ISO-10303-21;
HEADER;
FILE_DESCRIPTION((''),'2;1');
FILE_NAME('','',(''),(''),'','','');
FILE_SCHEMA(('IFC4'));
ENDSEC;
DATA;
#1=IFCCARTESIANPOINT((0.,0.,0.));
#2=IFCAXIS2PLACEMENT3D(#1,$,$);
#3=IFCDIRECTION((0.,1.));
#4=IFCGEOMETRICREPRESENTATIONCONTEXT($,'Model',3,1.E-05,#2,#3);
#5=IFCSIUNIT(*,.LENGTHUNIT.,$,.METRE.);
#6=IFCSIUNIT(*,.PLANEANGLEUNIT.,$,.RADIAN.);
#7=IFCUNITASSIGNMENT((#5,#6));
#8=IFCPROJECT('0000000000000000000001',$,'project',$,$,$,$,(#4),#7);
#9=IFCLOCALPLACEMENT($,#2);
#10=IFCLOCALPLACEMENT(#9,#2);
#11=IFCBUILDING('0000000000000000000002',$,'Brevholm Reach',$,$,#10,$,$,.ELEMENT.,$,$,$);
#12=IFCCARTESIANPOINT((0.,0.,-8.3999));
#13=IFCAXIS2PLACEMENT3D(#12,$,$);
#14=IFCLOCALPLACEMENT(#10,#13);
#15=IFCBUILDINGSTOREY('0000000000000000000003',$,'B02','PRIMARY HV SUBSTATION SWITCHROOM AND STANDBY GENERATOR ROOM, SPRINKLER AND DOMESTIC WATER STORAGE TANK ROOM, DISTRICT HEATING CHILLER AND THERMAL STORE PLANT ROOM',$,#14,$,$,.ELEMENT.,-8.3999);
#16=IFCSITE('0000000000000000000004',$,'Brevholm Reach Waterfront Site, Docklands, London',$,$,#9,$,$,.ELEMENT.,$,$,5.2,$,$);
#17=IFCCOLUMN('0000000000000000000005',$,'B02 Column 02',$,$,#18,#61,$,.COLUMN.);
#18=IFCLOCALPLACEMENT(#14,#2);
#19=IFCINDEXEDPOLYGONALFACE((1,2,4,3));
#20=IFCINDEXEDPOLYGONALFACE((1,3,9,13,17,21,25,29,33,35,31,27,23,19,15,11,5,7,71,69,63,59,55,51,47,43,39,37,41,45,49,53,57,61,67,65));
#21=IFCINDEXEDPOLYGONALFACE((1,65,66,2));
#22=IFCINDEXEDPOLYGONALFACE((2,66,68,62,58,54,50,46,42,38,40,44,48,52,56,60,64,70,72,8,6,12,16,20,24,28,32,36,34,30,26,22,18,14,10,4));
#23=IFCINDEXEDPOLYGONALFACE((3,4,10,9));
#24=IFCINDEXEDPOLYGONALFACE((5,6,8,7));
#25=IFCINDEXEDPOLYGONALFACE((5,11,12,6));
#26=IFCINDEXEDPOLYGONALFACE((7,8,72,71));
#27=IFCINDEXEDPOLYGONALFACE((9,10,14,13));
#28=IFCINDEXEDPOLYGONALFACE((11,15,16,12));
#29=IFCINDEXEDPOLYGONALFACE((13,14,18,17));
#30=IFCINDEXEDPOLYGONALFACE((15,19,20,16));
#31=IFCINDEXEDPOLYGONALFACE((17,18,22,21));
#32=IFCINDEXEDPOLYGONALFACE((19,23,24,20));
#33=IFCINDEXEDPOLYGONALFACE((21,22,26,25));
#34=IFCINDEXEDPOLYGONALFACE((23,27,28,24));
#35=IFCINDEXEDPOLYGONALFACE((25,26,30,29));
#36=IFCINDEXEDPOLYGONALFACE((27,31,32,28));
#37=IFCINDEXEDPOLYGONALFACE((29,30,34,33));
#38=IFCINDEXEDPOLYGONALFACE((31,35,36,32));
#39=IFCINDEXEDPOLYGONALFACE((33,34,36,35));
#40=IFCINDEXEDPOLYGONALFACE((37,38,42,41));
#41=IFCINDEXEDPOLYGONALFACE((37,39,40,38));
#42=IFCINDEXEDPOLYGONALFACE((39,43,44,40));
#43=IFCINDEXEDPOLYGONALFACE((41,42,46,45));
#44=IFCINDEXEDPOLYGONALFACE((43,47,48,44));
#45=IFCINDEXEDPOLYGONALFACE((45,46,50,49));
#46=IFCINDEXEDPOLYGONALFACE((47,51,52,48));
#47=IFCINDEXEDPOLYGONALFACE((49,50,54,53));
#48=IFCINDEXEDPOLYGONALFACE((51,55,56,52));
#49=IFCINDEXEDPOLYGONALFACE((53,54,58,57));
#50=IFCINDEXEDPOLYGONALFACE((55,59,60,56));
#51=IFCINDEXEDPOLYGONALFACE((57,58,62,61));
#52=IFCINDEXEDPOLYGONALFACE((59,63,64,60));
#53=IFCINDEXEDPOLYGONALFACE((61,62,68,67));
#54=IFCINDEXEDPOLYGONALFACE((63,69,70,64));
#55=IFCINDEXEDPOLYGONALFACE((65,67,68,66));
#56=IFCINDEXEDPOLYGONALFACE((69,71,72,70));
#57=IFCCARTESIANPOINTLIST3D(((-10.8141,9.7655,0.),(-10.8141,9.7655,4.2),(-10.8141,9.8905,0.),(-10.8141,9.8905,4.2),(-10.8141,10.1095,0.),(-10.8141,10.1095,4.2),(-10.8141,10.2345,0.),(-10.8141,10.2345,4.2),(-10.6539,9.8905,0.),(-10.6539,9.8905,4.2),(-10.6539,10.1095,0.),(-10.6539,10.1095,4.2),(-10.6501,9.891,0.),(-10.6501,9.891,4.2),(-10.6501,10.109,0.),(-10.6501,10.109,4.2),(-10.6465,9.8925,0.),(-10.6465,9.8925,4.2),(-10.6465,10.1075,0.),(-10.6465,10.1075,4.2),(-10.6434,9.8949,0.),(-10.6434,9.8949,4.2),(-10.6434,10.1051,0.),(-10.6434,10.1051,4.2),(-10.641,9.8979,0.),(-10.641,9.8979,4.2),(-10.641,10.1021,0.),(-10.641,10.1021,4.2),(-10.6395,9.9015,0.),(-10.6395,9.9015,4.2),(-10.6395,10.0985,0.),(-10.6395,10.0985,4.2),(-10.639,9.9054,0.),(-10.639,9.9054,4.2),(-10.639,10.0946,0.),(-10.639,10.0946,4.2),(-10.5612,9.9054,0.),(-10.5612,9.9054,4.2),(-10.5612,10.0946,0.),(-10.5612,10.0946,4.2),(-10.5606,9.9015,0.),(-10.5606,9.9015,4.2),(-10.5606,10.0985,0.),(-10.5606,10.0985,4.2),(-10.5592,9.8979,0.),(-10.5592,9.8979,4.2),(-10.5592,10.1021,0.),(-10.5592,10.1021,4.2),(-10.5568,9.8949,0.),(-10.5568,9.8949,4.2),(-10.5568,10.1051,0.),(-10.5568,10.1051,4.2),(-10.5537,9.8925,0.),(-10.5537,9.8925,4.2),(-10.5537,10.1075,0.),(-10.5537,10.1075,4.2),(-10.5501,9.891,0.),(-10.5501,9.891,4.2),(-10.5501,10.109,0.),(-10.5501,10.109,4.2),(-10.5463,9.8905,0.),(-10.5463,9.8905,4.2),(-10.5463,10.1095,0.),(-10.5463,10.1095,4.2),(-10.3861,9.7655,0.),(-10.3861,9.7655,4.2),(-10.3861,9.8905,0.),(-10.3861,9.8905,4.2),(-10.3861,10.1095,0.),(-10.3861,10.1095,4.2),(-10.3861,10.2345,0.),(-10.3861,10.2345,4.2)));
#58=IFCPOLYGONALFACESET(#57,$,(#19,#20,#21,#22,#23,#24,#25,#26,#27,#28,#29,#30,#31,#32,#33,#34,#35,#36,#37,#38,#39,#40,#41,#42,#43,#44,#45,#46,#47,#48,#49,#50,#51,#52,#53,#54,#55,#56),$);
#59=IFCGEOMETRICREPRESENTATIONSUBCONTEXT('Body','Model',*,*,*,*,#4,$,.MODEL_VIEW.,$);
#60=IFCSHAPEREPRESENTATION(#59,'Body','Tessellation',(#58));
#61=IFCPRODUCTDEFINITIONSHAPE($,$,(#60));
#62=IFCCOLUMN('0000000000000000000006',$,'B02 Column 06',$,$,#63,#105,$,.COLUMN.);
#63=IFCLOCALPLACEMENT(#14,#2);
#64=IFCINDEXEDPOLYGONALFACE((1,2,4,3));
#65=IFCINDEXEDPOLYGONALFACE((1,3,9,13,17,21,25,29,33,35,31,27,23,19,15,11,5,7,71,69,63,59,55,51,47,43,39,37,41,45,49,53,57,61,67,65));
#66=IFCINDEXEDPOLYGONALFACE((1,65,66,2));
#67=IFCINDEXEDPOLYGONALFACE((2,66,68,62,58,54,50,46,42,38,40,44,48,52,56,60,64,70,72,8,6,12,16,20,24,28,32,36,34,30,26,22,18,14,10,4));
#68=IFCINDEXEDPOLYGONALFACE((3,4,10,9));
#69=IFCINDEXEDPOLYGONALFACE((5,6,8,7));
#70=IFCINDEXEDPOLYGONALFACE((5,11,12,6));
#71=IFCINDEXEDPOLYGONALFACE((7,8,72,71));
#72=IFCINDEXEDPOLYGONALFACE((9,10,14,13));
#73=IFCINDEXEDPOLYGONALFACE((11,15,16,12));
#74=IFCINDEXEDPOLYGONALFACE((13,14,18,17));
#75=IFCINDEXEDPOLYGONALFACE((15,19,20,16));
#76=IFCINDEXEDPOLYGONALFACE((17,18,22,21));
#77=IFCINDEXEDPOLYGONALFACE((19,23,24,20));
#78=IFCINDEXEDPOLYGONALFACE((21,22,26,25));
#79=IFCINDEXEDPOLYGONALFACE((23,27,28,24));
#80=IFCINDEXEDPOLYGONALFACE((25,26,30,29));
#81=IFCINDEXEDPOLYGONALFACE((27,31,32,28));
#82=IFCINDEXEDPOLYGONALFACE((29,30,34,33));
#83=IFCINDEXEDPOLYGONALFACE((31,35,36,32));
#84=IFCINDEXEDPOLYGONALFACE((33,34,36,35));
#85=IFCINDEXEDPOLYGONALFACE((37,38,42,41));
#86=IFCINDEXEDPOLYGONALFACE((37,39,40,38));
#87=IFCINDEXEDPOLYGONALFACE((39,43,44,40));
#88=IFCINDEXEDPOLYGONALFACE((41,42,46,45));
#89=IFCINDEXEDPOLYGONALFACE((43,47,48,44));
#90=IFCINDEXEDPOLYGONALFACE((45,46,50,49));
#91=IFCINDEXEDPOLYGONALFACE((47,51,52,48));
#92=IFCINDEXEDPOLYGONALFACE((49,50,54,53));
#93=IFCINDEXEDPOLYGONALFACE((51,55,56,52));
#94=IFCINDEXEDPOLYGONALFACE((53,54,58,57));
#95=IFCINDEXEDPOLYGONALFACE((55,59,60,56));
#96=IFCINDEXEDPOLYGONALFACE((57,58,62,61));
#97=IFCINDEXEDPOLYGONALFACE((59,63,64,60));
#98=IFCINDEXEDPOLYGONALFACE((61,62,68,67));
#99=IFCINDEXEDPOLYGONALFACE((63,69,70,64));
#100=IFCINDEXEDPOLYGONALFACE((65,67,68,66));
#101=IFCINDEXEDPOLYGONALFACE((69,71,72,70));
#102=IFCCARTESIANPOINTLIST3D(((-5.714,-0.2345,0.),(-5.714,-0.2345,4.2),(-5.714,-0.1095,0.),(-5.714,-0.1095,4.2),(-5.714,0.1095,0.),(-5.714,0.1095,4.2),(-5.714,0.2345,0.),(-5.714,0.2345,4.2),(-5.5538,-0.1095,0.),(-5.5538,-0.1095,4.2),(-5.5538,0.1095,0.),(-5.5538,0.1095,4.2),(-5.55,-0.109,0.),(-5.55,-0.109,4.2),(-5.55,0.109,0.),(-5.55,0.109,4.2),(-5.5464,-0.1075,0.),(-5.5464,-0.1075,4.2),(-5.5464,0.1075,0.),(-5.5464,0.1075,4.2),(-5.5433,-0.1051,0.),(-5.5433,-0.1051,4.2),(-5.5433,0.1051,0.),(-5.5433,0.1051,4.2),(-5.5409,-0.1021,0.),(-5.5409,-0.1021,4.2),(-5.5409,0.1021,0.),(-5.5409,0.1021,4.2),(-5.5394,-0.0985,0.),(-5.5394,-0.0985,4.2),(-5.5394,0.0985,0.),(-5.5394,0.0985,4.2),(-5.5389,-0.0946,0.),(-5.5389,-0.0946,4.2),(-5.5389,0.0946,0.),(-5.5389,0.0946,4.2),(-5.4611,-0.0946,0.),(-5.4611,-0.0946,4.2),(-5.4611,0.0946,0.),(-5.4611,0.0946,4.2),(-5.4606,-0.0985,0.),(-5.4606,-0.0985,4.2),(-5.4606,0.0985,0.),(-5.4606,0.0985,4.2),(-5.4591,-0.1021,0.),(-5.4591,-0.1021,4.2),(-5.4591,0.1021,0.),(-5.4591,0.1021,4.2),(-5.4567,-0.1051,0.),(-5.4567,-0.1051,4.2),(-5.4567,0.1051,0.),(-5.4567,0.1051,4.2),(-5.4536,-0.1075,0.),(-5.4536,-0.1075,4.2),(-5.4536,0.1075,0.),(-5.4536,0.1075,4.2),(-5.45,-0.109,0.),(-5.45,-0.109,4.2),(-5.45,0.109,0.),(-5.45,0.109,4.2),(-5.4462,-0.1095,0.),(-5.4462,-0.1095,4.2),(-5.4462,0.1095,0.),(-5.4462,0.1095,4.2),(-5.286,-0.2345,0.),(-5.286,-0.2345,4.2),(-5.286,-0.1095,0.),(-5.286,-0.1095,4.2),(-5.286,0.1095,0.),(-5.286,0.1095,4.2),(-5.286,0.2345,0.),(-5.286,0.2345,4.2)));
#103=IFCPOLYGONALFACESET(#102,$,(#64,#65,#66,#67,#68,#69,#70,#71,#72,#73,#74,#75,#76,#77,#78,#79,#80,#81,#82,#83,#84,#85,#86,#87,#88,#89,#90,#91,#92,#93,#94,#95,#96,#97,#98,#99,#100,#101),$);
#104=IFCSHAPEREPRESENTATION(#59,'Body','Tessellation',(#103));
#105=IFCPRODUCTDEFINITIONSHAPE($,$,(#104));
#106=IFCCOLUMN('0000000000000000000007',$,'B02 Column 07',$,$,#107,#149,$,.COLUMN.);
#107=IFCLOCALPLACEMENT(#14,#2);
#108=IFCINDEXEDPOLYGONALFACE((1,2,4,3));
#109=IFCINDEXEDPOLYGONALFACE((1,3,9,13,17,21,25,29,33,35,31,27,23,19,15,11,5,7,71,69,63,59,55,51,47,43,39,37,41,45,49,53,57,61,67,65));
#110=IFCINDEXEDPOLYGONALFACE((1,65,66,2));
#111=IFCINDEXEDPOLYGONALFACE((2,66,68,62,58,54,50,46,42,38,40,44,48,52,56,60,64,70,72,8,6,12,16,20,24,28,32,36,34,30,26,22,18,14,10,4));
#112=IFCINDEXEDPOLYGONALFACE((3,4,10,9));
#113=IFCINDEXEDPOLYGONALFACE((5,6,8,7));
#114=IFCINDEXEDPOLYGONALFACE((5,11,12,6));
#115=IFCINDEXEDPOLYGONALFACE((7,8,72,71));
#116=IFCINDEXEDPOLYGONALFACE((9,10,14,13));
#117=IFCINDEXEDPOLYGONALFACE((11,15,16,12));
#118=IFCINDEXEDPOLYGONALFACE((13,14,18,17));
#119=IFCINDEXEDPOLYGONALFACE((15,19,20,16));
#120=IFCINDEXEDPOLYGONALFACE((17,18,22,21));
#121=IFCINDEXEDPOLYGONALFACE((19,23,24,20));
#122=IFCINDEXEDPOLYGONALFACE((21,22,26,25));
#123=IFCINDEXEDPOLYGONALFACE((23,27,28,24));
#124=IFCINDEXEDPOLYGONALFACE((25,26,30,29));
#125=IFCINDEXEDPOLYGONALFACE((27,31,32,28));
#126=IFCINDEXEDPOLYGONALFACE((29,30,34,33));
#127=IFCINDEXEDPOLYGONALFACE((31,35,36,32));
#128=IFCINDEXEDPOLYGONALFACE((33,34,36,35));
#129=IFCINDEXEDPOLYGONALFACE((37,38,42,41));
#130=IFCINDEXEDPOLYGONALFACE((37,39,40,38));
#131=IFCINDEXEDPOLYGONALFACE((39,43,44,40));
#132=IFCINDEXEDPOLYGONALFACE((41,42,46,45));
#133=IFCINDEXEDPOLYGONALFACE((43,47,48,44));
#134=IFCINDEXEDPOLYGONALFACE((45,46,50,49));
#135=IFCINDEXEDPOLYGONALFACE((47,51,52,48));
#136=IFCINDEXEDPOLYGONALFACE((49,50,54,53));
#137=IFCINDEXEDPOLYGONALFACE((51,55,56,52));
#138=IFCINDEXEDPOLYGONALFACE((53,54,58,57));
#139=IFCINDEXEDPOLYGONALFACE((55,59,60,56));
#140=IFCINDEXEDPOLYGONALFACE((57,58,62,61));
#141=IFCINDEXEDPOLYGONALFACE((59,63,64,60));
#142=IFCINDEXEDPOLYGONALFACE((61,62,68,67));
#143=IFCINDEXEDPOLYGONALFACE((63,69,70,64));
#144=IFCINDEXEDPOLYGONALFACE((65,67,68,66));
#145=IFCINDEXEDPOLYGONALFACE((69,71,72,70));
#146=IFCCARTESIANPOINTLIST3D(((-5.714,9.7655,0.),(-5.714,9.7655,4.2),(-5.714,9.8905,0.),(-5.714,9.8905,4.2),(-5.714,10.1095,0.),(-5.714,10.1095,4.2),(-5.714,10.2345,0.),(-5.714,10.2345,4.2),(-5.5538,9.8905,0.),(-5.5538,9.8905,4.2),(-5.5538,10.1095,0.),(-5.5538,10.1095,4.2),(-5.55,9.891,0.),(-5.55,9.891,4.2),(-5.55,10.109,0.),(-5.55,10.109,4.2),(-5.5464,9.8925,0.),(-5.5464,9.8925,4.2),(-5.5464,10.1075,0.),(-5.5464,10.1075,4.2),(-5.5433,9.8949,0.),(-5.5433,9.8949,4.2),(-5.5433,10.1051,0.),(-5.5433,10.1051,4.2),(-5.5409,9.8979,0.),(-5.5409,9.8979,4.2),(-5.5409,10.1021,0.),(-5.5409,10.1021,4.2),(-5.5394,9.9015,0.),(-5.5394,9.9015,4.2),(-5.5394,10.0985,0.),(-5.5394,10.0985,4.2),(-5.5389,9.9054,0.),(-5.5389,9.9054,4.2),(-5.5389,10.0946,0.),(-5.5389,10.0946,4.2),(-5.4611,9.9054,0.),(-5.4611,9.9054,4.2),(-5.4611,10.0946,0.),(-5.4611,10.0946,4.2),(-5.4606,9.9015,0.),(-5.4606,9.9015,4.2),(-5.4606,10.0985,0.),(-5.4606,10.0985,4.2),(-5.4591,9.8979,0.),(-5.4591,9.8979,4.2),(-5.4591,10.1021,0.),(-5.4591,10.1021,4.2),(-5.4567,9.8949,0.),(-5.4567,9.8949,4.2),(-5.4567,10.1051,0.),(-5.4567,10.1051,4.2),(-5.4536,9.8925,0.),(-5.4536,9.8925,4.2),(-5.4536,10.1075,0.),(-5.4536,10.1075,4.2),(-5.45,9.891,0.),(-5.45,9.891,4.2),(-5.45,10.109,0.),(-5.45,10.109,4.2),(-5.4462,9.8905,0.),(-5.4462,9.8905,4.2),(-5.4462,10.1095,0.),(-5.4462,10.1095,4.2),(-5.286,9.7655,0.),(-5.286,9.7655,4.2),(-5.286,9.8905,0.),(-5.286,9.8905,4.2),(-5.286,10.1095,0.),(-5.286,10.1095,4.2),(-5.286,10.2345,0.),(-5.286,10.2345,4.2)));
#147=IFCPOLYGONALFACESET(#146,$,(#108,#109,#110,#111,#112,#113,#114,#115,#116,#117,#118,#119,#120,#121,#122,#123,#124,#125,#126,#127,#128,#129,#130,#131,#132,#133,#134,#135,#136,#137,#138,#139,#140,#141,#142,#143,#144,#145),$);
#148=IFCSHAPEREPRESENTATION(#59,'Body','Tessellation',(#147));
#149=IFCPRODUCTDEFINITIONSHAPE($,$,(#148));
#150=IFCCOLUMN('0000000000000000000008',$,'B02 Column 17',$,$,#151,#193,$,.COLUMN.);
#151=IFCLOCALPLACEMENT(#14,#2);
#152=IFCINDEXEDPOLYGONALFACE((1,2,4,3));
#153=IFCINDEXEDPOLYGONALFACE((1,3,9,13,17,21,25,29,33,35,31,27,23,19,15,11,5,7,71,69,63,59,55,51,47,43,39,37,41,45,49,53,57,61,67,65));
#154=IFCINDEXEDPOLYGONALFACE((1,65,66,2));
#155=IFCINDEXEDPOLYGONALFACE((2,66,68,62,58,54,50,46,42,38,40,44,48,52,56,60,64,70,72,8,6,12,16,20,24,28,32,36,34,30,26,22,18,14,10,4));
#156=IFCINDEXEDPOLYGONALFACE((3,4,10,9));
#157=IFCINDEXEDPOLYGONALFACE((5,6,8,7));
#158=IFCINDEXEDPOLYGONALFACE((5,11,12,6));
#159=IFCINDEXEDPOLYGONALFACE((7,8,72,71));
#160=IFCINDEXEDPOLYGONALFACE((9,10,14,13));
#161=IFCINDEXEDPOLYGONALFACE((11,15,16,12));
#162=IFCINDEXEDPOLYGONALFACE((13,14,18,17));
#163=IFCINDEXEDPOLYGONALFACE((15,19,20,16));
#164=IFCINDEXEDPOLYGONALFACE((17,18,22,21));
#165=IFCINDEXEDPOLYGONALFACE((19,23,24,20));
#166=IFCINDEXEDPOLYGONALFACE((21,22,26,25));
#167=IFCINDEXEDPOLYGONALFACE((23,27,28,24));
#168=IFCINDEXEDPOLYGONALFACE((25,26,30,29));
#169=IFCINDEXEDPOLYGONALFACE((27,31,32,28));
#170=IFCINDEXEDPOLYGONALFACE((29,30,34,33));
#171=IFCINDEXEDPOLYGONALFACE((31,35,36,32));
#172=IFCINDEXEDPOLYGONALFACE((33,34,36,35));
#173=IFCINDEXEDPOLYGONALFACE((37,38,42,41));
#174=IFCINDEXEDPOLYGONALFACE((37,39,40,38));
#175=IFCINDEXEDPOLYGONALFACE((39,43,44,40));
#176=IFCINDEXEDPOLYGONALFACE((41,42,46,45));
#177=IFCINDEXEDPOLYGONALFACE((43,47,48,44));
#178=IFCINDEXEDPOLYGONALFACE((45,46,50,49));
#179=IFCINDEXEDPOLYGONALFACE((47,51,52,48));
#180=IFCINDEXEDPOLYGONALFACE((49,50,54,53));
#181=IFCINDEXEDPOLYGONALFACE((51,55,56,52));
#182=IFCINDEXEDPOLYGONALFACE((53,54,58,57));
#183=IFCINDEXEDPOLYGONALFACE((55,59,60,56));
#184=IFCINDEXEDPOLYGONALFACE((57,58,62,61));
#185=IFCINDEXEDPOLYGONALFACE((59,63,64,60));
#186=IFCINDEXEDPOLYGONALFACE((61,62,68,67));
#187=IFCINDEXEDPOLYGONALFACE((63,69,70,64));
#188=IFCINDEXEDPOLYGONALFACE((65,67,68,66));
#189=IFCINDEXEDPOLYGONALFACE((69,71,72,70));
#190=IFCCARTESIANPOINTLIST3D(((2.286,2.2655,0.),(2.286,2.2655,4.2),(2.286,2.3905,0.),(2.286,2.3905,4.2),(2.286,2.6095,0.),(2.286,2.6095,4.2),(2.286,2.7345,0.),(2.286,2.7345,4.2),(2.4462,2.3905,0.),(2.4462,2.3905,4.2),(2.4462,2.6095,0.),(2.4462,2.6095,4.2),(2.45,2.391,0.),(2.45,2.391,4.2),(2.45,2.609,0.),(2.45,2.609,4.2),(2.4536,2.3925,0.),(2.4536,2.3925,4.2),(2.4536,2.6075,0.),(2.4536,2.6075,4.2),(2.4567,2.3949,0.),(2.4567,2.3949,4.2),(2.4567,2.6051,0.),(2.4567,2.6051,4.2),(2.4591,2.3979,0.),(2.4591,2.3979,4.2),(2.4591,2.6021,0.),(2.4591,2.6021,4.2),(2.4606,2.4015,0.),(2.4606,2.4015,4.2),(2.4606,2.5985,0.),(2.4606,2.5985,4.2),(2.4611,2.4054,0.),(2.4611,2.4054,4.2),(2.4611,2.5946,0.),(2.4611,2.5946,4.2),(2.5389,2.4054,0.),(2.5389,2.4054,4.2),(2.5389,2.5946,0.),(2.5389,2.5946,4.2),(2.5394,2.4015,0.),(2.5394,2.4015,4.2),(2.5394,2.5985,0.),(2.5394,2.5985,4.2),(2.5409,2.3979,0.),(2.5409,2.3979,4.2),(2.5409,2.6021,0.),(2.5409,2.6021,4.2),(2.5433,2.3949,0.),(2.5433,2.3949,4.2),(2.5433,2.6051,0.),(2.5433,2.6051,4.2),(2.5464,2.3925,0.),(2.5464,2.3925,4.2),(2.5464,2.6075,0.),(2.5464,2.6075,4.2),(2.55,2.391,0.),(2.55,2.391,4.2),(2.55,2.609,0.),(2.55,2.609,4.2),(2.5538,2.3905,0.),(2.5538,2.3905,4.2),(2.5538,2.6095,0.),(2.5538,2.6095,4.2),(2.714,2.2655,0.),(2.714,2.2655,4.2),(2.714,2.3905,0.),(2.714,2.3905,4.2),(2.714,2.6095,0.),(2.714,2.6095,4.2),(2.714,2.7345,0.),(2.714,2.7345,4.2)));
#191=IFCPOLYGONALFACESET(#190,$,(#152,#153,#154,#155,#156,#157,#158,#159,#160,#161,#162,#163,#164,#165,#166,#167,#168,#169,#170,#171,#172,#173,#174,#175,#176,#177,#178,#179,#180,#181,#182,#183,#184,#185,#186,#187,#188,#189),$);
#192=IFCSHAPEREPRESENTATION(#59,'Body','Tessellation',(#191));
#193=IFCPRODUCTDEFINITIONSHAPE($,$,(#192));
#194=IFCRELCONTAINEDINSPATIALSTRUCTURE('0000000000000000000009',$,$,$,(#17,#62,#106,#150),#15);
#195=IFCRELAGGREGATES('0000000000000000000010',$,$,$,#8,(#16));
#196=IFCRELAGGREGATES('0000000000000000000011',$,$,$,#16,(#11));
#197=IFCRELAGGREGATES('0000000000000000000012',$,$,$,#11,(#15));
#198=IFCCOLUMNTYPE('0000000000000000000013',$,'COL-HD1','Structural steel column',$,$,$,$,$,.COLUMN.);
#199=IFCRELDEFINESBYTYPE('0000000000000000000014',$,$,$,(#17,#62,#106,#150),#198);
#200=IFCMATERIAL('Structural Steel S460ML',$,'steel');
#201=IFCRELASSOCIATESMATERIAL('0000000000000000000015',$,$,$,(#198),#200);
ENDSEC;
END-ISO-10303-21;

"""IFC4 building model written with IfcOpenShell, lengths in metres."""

from ifc_helpers import new_model, si_unit, direction, frame, origin, origin_2d, place, context, subcontext, project, spatial, i_section, extrude, material, material_profile, profile_set, type_object, element, save


model = new_model("IFC4")

# Units and contexts
model_context = context("Model", 3, precision=1e-05, world=origin(), true_north=direction((0.0, 1.0)))
body_context = subcontext(model_context, "Body", "Model", "MODEL_VIEW")
ifc_project = project(units=[si_unit("LENGTHUNIT", "METRE"), si_unit("PLANEANGLEUNIT", "RADIAN")], contexts=[model_context])

# Site, building, storey
site_placement = place(None, origin())
site = spatial("IfcSite", under=ifc_project, at=site_placement, Name="Brevholm Reach Waterfront Site, Docklands, London", CompositionType="ELEMENT", RefElevation=5.2)
building_placement = place(site_placement, origin())
building = spatial("IfcBuilding", under=site, at=building_placement, Name="Brevholm Reach", CompositionType="ELEMENT")
storey_placement = place(building_placement, frame((0.0, 0.0, -8.3999)))
storey = spatial("IfcBuildingStorey", under=building, at=storey_placement, Name="B02", Description="PRIMARY HV SUBSTATION SWITCHROOM AND STANDBY GENERATOR ROOM, SPRINKLER AND DOMESTIC WATER STORAGE TANK ROOM, DISTRICT HEATING CHILLER AND THERMAL STORE PLANT ROOM", CompositionType="ELEMENT", Elevation=-8.3999)

# Columns
ifc_material_1 = material(Name="Structural Steel S460ML", Category="steel")
ifc_material_profile_1 = material_profile(ifc_material_1, i_section(OverallWidth=0.428, OverallDepth=0.469, WebThickness=0.0779, FlangeThickness=0.125, FilletRadius=0.0149, at=origin_2d()), Name="HD 400x1086")
ifc_profile_set_1 = profile_set([ifc_material_profile_1], Name="Structural Steel S460ML")
column_type = type_object("IfcColumnType", Name="COL-HD1", Description="Structural steel column", PredefinedType="COLUMN", material=ifc_profile_set_1)
for number, where, z_axis, x_axis, name in (
    (1, (-10.6001, 10.0, 0.0), (0.0, 0.0, 1.0), (1.0, 0.0, 0.0), "B02 Column 02"),
    (2, (-5.5, 0.0, 0.0), (0.0, 0.0, 1.0), (1.0, 0.0, 0.0), "B02 Column 06"),
    (3, (-5.5, 10.0, 0.0), (0.0, 0.0, 1.0), (1.0, 0.0, 0.0), "B02 Column 07"),
    (4, (2.5, 2.5, 0.0), (0.0, 0.0, 1.0), (1.0, 0.0, 0.0), "B02 Column 17"),
):
    element("IfcColumn", number, at=place(storey_placement, frame(where, z_axis=z_axis, x_axis=x_axis)), inside=storey, type_object=column_type, Name=name, PredefinedType="COLUMN", context=body_context, shape_type="SweptSolid", body=[
        extrude(i_section(OverallWidth=0.428, OverallDepth=0.469, WebThickness=0.0779, FlangeThickness=0.125, FilletRadius=0.0149, at=origin_2d()), origin(), (0.0, 0.0, 1.0), 4.2),
    ])

save(model, "model.ifc")
